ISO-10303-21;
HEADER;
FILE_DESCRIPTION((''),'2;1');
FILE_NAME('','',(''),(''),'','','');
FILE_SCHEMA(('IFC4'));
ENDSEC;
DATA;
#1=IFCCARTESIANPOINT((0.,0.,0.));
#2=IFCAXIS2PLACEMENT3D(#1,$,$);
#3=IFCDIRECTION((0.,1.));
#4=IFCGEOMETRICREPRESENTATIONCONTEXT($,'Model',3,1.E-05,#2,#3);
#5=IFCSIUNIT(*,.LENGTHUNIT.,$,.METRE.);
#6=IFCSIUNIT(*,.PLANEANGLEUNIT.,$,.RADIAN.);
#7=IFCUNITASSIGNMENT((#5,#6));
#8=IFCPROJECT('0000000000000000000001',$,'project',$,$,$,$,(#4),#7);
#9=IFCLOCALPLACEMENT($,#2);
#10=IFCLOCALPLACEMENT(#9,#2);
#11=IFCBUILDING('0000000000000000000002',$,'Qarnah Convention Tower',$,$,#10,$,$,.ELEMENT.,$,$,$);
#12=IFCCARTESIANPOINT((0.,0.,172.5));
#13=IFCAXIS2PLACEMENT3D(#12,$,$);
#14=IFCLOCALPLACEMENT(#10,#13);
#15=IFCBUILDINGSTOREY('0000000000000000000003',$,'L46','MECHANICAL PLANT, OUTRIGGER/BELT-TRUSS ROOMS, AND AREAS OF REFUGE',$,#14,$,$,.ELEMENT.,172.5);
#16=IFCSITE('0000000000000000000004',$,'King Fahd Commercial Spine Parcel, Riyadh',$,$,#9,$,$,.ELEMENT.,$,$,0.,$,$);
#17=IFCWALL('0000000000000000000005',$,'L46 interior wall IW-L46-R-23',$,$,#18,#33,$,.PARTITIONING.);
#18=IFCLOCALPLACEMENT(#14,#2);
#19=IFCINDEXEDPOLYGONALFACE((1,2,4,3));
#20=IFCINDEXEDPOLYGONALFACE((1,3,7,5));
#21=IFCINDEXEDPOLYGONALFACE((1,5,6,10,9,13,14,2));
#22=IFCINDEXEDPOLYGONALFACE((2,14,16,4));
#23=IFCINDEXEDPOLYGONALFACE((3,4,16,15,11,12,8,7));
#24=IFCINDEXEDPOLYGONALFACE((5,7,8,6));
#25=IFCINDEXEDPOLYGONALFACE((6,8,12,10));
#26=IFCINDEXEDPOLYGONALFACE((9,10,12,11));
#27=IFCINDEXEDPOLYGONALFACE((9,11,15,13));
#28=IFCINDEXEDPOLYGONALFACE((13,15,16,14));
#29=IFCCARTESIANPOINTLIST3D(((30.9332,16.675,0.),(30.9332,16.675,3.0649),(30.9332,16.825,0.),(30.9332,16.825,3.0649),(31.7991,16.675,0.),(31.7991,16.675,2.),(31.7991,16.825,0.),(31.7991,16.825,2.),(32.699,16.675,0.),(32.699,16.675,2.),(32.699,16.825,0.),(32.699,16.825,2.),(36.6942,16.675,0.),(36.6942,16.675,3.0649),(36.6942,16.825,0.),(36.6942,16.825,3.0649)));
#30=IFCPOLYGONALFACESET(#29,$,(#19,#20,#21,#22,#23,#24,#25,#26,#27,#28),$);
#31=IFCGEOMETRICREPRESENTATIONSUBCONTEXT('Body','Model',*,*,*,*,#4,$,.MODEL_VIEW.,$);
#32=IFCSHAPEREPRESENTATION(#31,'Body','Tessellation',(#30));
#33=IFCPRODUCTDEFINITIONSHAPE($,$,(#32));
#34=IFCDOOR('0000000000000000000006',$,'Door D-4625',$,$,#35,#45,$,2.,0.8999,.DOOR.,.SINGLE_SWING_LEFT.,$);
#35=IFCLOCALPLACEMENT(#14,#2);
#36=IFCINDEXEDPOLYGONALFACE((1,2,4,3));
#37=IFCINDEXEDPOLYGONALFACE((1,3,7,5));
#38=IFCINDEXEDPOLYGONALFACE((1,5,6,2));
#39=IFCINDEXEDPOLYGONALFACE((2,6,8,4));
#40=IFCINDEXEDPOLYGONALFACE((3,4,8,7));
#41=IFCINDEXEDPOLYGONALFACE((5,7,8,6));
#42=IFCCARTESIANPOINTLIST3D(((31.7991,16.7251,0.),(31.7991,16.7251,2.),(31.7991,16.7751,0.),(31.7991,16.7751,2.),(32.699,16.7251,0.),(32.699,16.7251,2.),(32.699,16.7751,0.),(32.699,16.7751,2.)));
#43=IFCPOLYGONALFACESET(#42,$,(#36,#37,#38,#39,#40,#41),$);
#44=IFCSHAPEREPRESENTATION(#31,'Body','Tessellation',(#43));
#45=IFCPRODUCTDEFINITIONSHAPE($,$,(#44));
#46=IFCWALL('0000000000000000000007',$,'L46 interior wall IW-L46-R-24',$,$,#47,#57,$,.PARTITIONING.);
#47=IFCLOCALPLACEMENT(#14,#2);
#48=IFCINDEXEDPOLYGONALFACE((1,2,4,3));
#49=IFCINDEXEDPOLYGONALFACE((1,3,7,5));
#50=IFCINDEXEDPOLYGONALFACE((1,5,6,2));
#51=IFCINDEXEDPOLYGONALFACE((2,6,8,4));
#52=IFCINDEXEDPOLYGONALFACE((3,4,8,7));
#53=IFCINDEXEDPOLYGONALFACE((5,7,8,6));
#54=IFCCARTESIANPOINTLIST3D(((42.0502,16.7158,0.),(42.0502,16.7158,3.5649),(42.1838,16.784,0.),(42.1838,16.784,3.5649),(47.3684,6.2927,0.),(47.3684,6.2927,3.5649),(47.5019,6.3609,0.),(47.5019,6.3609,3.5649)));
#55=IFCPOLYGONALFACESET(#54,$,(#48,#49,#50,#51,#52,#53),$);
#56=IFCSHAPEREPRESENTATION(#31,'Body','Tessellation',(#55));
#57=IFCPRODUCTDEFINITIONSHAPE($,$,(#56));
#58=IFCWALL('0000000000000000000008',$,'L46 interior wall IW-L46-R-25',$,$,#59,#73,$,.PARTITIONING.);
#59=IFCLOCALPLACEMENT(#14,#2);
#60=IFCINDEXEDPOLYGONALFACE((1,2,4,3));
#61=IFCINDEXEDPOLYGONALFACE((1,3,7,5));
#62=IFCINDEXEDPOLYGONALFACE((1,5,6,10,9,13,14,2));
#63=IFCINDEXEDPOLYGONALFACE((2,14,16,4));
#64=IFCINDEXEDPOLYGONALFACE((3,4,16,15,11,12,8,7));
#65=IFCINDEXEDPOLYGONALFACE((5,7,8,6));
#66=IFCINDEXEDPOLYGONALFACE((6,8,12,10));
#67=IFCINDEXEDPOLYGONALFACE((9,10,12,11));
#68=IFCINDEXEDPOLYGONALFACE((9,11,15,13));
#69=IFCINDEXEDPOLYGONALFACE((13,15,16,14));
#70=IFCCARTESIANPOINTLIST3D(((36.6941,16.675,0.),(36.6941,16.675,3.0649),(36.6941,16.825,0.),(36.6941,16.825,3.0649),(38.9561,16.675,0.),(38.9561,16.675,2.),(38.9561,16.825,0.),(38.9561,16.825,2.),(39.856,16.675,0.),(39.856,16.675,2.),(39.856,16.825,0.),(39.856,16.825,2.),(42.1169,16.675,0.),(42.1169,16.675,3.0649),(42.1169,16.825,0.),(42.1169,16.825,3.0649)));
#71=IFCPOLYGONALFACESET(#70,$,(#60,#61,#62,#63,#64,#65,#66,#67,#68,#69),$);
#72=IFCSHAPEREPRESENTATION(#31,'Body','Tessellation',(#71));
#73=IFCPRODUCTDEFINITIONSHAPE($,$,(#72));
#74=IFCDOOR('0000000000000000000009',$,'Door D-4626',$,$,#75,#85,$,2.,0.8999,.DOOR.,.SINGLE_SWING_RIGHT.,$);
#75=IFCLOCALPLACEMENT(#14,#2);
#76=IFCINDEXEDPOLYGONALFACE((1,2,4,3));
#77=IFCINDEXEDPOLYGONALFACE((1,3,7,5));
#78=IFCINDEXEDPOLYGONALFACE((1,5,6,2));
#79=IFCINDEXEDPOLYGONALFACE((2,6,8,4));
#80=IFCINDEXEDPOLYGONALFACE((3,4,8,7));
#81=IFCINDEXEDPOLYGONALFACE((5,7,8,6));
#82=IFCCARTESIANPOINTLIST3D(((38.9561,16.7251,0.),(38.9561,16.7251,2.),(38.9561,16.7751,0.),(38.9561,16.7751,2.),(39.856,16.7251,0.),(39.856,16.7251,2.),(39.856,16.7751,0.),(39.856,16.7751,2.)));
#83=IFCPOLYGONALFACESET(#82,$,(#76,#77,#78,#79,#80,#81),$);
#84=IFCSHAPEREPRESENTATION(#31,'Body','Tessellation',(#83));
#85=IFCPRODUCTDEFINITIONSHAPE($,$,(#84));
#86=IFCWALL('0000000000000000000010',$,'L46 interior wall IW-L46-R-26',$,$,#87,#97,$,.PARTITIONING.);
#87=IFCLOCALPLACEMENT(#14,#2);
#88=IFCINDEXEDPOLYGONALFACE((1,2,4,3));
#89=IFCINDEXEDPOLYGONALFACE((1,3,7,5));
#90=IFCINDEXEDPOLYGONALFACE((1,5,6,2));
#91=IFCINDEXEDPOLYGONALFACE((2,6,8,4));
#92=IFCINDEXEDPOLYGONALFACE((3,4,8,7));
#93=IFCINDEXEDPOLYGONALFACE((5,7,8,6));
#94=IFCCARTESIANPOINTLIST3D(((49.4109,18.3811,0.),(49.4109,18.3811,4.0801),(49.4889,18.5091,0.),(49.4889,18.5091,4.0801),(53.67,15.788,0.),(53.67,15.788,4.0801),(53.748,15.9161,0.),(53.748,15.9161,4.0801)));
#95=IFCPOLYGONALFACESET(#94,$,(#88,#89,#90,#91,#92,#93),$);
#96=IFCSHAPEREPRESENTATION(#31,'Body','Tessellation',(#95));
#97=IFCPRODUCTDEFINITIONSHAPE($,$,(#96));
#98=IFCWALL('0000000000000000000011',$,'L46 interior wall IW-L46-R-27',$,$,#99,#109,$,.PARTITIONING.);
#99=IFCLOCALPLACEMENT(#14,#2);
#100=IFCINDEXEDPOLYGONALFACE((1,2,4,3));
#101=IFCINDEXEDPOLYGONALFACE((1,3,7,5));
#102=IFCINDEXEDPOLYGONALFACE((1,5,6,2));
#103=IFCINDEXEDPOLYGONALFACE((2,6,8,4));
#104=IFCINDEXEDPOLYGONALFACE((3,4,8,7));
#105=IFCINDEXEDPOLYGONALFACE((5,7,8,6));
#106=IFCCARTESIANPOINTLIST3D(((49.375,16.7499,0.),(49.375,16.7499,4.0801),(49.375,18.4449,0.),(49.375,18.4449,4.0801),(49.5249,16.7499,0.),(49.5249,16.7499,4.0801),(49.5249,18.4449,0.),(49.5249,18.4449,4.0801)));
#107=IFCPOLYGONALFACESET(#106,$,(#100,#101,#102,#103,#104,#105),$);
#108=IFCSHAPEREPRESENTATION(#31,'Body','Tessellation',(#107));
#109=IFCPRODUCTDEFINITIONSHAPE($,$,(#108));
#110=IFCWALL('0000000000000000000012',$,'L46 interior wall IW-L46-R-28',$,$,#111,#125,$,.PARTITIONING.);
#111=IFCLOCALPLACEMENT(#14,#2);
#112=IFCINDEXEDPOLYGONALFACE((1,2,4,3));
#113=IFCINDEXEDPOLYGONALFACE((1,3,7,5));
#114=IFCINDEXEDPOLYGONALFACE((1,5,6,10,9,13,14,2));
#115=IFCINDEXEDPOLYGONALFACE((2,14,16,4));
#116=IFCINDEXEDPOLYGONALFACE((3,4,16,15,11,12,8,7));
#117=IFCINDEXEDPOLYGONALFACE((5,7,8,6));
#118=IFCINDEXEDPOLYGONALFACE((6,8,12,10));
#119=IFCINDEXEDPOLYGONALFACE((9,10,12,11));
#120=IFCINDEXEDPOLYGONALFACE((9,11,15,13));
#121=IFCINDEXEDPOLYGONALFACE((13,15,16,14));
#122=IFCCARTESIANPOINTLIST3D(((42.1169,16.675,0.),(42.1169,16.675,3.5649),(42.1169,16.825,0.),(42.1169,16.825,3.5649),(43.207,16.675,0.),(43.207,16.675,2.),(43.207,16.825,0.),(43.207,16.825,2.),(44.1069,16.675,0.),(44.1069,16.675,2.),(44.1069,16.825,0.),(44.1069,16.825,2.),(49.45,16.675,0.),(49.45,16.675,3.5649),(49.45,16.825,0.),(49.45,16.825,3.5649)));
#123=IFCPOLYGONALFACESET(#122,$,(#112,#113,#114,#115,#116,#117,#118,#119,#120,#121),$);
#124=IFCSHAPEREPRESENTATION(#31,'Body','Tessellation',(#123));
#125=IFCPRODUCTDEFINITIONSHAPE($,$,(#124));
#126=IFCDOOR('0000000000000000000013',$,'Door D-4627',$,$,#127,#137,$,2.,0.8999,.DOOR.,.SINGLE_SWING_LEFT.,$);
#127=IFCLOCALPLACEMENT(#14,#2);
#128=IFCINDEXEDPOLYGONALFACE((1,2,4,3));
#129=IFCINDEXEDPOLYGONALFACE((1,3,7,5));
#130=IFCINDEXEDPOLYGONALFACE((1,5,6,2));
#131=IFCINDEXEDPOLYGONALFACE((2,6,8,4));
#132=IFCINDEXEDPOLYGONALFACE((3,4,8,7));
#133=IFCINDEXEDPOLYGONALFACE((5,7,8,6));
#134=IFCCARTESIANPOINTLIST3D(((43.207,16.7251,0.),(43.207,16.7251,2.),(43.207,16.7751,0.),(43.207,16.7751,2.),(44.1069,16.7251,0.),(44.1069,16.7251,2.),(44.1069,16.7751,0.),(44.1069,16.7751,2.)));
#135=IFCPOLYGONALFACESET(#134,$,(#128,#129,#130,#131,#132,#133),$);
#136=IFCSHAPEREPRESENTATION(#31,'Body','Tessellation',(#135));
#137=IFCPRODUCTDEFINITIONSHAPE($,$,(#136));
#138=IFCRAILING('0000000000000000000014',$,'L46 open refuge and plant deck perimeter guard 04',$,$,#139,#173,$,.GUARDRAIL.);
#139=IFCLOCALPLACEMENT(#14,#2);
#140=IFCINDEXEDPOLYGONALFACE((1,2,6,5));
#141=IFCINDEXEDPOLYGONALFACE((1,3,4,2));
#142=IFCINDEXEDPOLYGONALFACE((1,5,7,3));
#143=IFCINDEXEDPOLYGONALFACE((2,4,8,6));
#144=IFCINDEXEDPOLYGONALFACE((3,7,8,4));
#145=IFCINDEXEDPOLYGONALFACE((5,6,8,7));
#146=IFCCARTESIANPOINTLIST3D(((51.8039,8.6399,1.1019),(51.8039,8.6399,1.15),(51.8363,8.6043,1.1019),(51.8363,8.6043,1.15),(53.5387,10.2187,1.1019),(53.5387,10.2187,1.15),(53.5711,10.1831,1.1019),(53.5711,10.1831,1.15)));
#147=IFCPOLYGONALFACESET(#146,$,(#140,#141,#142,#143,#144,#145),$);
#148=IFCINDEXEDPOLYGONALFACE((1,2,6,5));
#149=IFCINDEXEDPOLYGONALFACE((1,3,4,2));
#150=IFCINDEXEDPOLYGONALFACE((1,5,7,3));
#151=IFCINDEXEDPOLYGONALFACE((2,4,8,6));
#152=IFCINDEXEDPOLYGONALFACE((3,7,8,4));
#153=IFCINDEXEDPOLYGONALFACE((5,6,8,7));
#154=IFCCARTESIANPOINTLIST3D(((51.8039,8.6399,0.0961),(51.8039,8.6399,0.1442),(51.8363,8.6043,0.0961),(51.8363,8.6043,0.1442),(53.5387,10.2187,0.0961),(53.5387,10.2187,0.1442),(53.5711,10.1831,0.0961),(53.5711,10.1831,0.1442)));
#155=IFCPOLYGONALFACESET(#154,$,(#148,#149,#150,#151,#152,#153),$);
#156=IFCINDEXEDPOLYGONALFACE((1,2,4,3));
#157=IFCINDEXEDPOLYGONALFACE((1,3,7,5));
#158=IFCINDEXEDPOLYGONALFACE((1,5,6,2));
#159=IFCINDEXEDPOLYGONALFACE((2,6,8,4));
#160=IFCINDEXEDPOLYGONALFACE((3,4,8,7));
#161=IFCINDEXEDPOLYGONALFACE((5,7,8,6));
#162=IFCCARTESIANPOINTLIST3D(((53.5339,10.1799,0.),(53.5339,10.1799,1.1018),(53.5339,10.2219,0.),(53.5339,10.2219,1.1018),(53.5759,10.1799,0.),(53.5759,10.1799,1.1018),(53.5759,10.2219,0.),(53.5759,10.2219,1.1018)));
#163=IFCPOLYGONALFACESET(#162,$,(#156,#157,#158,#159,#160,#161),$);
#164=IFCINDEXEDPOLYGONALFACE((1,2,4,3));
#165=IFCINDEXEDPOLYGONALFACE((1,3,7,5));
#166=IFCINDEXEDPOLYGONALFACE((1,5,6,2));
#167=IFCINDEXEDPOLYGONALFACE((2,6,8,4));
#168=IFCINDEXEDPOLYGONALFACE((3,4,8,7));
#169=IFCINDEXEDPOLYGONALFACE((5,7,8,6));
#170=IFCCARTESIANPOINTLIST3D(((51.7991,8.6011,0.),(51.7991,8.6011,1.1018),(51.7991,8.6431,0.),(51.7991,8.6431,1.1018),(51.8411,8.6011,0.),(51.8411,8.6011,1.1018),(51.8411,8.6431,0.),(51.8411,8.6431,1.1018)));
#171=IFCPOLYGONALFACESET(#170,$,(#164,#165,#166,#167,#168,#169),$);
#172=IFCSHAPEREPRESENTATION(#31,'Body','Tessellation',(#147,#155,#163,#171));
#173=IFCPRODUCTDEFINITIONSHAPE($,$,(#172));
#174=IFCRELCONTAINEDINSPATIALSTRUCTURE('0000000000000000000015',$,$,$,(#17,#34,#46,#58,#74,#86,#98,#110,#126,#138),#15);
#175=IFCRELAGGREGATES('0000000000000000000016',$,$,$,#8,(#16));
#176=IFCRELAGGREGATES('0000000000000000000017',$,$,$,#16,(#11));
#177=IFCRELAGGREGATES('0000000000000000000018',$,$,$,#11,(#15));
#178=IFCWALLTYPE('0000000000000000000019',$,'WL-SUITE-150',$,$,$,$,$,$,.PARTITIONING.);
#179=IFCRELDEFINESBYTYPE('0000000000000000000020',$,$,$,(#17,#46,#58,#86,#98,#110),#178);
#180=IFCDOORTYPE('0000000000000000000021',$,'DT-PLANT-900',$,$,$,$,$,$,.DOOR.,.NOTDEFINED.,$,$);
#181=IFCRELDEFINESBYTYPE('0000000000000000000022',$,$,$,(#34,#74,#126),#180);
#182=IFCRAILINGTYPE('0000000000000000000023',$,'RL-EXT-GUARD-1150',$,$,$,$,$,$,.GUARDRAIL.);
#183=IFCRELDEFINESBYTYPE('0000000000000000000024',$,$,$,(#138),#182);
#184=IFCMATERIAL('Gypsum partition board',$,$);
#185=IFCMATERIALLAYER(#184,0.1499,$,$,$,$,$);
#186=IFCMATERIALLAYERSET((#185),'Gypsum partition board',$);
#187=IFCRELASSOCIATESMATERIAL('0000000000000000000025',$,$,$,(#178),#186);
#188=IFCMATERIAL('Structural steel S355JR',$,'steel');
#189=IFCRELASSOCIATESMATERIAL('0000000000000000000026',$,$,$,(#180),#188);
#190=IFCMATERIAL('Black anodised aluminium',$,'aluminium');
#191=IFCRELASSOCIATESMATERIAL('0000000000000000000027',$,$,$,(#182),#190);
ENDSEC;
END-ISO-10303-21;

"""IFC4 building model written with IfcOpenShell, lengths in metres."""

from ifc_helpers import new_model, si_unit, direction, frame, frame_2d, origin, origin_2d, place, context, subcontext, project, spatial, rectangle, extrude, material, layer, layer_set, type_object, element, fill, save


model = new_model("IFC4")

# Units and contexts
model_context = context("Model", 3, precision=1e-05, world=origin(), true_north=direction((0.0, 1.0)))
body_context = subcontext(model_context, "Body", "Model", "MODEL_VIEW")
ifc_project = project(units=[si_unit("LENGTHUNIT", "METRE"), si_unit("PLANEANGLEUNIT", "RADIAN")], contexts=[model_context])

# Site, building, storey
site_placement = place(None, origin())
site = spatial("IfcSite", under=ifc_project, at=site_placement, Name="King Fahd Commercial Spine Parcel, Riyadh", CompositionType="ELEMENT", RefElevation=0.0)
building_placement = place(site_placement, origin())
building = spatial("IfcBuilding", under=site, at=building_placement, Name="Qarnah Convention Tower", CompositionType="ELEMENT")
storey_placement = place(building_placement, frame((0.0, 0.0, 172.5)))
storey = spatial("IfcBuildingStorey", under=building, at=storey_placement, Name="L46", Description="MECHANICAL PLANT, OUTRIGGER/BELT-TRUSS ROOMS, AND AREAS OF REFUGE", CompositionType="ELEMENT", Elevation=172.5)

# Shared definitions
ifc_material_1 = material(Name="Structural steel S355JR", Category="steel")

# Wall, opening, door
ifc_material_2 = material(Name="Gypsum partition board")
ifc_layer_1 = layer(ifc_material_2, 0.1499)
ifc_layer_set_1 = layer_set([ifc_layer_1], Name="Gypsum partition board")
wall_type_1 = type_object("IfcWallType", Name="WL-SUITE-150", PredefinedType="PARTITIONING", material=ifc_layer_set_1)
wall_1_placement = place(storey_placement, frame((36.6941, 16.75, 0.0), z_axis=(0.0, 0.0, 1.0), x_axis=(-1.0, 0.0, 0.0)))
wall_1 = element("IfcWall", 1, at=wall_1_placement, inside=storey, type_object=wall_type_1, Name="L46 interior wall IW-L46-R-23", PredefinedType="PARTITIONING", context=body_context, shape_type="SweptSolid", body=[
    extrude(rectangle(XDim=5.761, YDim=0.1499, at=frame_2d((2.8804, 0.0))), origin(), (0.0, 0.0, 1.0), 3.0649),
])
opening_1_placement = place(wall_1_placement, frame((3.9951, 0.0, 0.0)))
opening_1 = element("IfcOpeningElement", 2, at=opening_1_placement, cuts=wall_1, PredefinedType="OPENING", context=body_context, shape_type="SweptSolid", body=[
    extrude(rectangle(XDim=0.8999, YDim=2.0, at=frame_2d((0.45, 1.0))), frame((0.0, 0.085, 0.0), z_axis=(0.0, -1.0, 0.0), x_axis=(1.0, 0.0, 0.0)), (0.0, 0.0, 1.0), 0.1699),
])
door_type_1 = type_object("IfcDoorType", Name="DT-PLANT-900", OperationType="NOTDEFINED", PredefinedType="DOOR", material=ifc_material_1)
door_1_placement = place(opening_1_placement, origin())
door_1 = element("IfcDoor", 3, at=door_1_placement, inside=storey, type_object=door_type_1, Name="Door D-4625", OperationType="SINGLE_SWING_LEFT", OverallHeight=2.0, OverallWidth=0.8999, PredefinedType="DOOR", context=body_context, shape_type="SweptSolid", body=[
    extrude(rectangle(XDim=0.8999, YDim=2.0, at=frame_2d((0.45, 1.0))), frame((0.0, 0.0249, 0.0), z_axis=(0.0, -1.0, 0.0), x_axis=(1.0, 0.0, 0.0)), (0.0, 0.0, 1.0), 0.05),
])
fill(opening_1, door_1)

# Wall
wall_2_placement = place(storey_placement, frame((47.4351, 6.3269, 0.0), z_axis=(0.0, 0.0, 1.0), x_axis=(-0.454485, 0.890755, 0.0)))
element("IfcWall", 4, at=wall_2_placement, inside=storey, type_object=wall_type_1, Name="L46 interior wall IW-L46-R-24", PredefinedType="PARTITIONING", context=body_context, shape_type="SweptSolid", body=[
    extrude(rectangle(XDim=11.7014, YDim=0.1499, at=frame_2d((5.8506, 0.0))), origin(), (0.0, 0.0, 1.0), 3.5649),
])

# Wall, opening, door
wall_3_placement = place(storey_placement, frame((42.1169, 16.75, 0.0), z_axis=(0.0, 0.0, 1.0), x_axis=(-1.0, 0.0, 0.0)))
wall_3 = element("IfcWall", 5, at=wall_3_placement, inside=storey, type_object=wall_type_1, Name="L46 interior wall IW-L46-R-25", PredefinedType="PARTITIONING", context=body_context, shape_type="SweptSolid", body=[
    extrude(rectangle(XDim=5.4229, YDim=0.1499, at=frame_2d((2.7114, 0.0))), origin(), (0.0, 0.0, 1.0), 3.0649),
])
opening_2_placement = place(wall_3_placement, frame((2.261, 0.0, 0.0)))
opening_2 = element("IfcOpeningElement", 6, at=opening_2_placement, cuts=wall_3, PredefinedType="OPENING", context=body_context, shape_type="SweptSolid", body=[
    extrude(rectangle(XDim=0.8999, YDim=2.0, at=frame_2d((0.45, 1.0))), frame((0.0, 0.085, 0.0), z_axis=(0.0, -1.0, 0.0), x_axis=(1.0, 0.0, 0.0)), (0.0, 0.0, 1.0), 0.1699),
])
door_2_placement = place(opening_2_placement, origin())
door_2 = element("IfcDoor", 7, at=door_2_placement, inside=storey, type_object=door_type_1, Name="Door D-4626", OperationType="SINGLE_SWING_RIGHT", OverallHeight=2.0, OverallWidth=0.8999, PredefinedType="DOOR", context=body_context, shape_type="SweptSolid", body=[
    extrude(rectangle(XDim=0.8999, YDim=2.0, at=frame_2d((0.45, 1.0))), frame((0.0, 0.0249, 0.0), z_axis=(0.0, -1.0, 0.0), x_axis=(1.0, 0.0, 0.0)), (0.0, 0.0, 1.0), 0.05),
])
fill(opening_2, door_2)

# Walls
wall_4_placement = place(storey_placement, frame((53.709, 15.8521, 0.0), z_axis=(0.0, 0.0, 1.0), x_axis=(-0.854148, 0.520029, 0.0)))
element("IfcWall", 8, at=wall_4_placement, inside=storey, type_object=wall_type_1, Name="L46 interior wall IW-L46-R-26", PredefinedType="PARTITIONING", context=body_context, shape_type="SweptSolid", body=[
    extrude(rectangle(XDim=4.9863, YDim=0.1499, at=frame_2d((2.4932, 0.0))), origin(), (0.0, 0.0, 1.0), 4.0801),
])
wall_5_placement = place(storey_placement, frame((49.45, 18.4451, 0.0), z_axis=(0.0, 0.0, 1.0), x_axis=(0.0, -1.0, 0.0)))
element("IfcWall", 9, at=wall_5_placement, inside=storey, type_object=wall_type_1, Name="L46 interior wall IW-L46-R-27", PredefinedType="PARTITIONING", context=body_context, shape_type="SweptSolid", body=[
    extrude(rectangle(XDim=1.6951, YDim=0.1499, at=frame_2d((0.8477, 0.0))), origin(), (0.0, 0.0, 1.0), 4.0801),
])

# Wall, opening, door
wall_6_placement = place(storey_placement, frame((49.45, 16.75, 0.0), z_axis=(0.0, 0.0, 1.0), x_axis=(-1.0, 0.0, 0.0)))
wall_6 = element("IfcWall", 10, at=wall_6_placement, inside=storey, type_object=wall_type_1, Name="L46 interior wall IW-L46-R-28", PredefinedType="PARTITIONING", context=body_context, shape_type="SweptSolid", body=[
    extrude(rectangle(XDim=7.333, YDim=0.1499, at=frame_2d((3.6665, 0.0))), origin(), (0.0, 0.0, 1.0), 3.5649),
])
opening_3_placement = place(wall_6_placement, frame((5.343, 0.0, 0.0)))
opening_3 = element("IfcOpeningElement", 11, at=opening_3_placement, cuts=wall_6, PredefinedType="OPENING", context=body_context, shape_type="SweptSolid", body=[
    extrude(rectangle(XDim=0.8999, YDim=2.0, at=frame_2d((0.45, 1.0))), frame((0.0, 0.085, 0.0), z_axis=(0.0, -1.0, 0.0), x_axis=(1.0, 0.0, 0.0)), (0.0, 0.0, 1.0), 0.1699),
])
door_3_placement = place(opening_3_placement, origin())
door_3 = element("IfcDoor", 12, at=door_3_placement, inside=storey, type_object=door_type_1, Name="Door D-4627", OperationType="SINGLE_SWING_LEFT", OverallHeight=2.0, OverallWidth=0.8999, PredefinedType="DOOR", context=body_context, shape_type="SweptSolid", body=[
    extrude(rectangle(XDim=0.8999, YDim=2.0, at=frame_2d((0.45, 1.0))), frame((0.0, 0.0249, 0.0), z_axis=(0.0, -1.0, 0.0), x_axis=(1.0, 0.0, 0.0)), (0.0, 0.0, 1.0), 0.05),
])
fill(opening_3, door_3)

# Railing
ifc_material_3 = material(Name="Black anodised aluminium", Category="aluminium")
railing_type = type_object("IfcRailingType", Name="RL-EXT-GUARD-1150", PredefinedType="GUARDRAIL", material=ifc_material_3)
railing_1_placement = place(storey_placement, frame((53.5549, 10.2009, 0.0)))
element("IfcRailing", 13, at=railing_1_placement, inside=storey, type_object=railing_type, Name="L46 open refuge and plant deck perimeter guard 04", PredefinedType="GUARDRAIL", context=body_context, shape_type="SweptSolid", body=[
    extrude(rectangle(XDim=0.0481, YDim=0.0481, at=origin_2d()), frame((0.0, 0.0, 1.126), z_axis=(-0.739577, -0.673072, 0.0), x_axis=(0.673072, -0.739577, 0.0)), (0.0, 0.0, 1.0), 2.3457),
    extrude(rectangle(XDim=0.0481, YDim=0.0481, at=origin_2d()), frame((0.0, 0.0, 0.1201), z_axis=(-0.739577, -0.673072, 0.0), x_axis=(0.673072, -0.739577, 0.0)), (0.0, 0.0, 1.0), 2.3457),
    extrude(rectangle(XDim=0.042, YDim=0.042, at=origin_2d()), origin(), (0.0, 0.0, 1.0), 1.1018),
    extrude(rectangle(XDim=0.042, YDim=0.042, at=origin_2d()), frame((-1.7349, -1.5789, 0.0)), (0.0, 0.0, 1.0), 1.1018),
])

save(model, "model.ifc")
